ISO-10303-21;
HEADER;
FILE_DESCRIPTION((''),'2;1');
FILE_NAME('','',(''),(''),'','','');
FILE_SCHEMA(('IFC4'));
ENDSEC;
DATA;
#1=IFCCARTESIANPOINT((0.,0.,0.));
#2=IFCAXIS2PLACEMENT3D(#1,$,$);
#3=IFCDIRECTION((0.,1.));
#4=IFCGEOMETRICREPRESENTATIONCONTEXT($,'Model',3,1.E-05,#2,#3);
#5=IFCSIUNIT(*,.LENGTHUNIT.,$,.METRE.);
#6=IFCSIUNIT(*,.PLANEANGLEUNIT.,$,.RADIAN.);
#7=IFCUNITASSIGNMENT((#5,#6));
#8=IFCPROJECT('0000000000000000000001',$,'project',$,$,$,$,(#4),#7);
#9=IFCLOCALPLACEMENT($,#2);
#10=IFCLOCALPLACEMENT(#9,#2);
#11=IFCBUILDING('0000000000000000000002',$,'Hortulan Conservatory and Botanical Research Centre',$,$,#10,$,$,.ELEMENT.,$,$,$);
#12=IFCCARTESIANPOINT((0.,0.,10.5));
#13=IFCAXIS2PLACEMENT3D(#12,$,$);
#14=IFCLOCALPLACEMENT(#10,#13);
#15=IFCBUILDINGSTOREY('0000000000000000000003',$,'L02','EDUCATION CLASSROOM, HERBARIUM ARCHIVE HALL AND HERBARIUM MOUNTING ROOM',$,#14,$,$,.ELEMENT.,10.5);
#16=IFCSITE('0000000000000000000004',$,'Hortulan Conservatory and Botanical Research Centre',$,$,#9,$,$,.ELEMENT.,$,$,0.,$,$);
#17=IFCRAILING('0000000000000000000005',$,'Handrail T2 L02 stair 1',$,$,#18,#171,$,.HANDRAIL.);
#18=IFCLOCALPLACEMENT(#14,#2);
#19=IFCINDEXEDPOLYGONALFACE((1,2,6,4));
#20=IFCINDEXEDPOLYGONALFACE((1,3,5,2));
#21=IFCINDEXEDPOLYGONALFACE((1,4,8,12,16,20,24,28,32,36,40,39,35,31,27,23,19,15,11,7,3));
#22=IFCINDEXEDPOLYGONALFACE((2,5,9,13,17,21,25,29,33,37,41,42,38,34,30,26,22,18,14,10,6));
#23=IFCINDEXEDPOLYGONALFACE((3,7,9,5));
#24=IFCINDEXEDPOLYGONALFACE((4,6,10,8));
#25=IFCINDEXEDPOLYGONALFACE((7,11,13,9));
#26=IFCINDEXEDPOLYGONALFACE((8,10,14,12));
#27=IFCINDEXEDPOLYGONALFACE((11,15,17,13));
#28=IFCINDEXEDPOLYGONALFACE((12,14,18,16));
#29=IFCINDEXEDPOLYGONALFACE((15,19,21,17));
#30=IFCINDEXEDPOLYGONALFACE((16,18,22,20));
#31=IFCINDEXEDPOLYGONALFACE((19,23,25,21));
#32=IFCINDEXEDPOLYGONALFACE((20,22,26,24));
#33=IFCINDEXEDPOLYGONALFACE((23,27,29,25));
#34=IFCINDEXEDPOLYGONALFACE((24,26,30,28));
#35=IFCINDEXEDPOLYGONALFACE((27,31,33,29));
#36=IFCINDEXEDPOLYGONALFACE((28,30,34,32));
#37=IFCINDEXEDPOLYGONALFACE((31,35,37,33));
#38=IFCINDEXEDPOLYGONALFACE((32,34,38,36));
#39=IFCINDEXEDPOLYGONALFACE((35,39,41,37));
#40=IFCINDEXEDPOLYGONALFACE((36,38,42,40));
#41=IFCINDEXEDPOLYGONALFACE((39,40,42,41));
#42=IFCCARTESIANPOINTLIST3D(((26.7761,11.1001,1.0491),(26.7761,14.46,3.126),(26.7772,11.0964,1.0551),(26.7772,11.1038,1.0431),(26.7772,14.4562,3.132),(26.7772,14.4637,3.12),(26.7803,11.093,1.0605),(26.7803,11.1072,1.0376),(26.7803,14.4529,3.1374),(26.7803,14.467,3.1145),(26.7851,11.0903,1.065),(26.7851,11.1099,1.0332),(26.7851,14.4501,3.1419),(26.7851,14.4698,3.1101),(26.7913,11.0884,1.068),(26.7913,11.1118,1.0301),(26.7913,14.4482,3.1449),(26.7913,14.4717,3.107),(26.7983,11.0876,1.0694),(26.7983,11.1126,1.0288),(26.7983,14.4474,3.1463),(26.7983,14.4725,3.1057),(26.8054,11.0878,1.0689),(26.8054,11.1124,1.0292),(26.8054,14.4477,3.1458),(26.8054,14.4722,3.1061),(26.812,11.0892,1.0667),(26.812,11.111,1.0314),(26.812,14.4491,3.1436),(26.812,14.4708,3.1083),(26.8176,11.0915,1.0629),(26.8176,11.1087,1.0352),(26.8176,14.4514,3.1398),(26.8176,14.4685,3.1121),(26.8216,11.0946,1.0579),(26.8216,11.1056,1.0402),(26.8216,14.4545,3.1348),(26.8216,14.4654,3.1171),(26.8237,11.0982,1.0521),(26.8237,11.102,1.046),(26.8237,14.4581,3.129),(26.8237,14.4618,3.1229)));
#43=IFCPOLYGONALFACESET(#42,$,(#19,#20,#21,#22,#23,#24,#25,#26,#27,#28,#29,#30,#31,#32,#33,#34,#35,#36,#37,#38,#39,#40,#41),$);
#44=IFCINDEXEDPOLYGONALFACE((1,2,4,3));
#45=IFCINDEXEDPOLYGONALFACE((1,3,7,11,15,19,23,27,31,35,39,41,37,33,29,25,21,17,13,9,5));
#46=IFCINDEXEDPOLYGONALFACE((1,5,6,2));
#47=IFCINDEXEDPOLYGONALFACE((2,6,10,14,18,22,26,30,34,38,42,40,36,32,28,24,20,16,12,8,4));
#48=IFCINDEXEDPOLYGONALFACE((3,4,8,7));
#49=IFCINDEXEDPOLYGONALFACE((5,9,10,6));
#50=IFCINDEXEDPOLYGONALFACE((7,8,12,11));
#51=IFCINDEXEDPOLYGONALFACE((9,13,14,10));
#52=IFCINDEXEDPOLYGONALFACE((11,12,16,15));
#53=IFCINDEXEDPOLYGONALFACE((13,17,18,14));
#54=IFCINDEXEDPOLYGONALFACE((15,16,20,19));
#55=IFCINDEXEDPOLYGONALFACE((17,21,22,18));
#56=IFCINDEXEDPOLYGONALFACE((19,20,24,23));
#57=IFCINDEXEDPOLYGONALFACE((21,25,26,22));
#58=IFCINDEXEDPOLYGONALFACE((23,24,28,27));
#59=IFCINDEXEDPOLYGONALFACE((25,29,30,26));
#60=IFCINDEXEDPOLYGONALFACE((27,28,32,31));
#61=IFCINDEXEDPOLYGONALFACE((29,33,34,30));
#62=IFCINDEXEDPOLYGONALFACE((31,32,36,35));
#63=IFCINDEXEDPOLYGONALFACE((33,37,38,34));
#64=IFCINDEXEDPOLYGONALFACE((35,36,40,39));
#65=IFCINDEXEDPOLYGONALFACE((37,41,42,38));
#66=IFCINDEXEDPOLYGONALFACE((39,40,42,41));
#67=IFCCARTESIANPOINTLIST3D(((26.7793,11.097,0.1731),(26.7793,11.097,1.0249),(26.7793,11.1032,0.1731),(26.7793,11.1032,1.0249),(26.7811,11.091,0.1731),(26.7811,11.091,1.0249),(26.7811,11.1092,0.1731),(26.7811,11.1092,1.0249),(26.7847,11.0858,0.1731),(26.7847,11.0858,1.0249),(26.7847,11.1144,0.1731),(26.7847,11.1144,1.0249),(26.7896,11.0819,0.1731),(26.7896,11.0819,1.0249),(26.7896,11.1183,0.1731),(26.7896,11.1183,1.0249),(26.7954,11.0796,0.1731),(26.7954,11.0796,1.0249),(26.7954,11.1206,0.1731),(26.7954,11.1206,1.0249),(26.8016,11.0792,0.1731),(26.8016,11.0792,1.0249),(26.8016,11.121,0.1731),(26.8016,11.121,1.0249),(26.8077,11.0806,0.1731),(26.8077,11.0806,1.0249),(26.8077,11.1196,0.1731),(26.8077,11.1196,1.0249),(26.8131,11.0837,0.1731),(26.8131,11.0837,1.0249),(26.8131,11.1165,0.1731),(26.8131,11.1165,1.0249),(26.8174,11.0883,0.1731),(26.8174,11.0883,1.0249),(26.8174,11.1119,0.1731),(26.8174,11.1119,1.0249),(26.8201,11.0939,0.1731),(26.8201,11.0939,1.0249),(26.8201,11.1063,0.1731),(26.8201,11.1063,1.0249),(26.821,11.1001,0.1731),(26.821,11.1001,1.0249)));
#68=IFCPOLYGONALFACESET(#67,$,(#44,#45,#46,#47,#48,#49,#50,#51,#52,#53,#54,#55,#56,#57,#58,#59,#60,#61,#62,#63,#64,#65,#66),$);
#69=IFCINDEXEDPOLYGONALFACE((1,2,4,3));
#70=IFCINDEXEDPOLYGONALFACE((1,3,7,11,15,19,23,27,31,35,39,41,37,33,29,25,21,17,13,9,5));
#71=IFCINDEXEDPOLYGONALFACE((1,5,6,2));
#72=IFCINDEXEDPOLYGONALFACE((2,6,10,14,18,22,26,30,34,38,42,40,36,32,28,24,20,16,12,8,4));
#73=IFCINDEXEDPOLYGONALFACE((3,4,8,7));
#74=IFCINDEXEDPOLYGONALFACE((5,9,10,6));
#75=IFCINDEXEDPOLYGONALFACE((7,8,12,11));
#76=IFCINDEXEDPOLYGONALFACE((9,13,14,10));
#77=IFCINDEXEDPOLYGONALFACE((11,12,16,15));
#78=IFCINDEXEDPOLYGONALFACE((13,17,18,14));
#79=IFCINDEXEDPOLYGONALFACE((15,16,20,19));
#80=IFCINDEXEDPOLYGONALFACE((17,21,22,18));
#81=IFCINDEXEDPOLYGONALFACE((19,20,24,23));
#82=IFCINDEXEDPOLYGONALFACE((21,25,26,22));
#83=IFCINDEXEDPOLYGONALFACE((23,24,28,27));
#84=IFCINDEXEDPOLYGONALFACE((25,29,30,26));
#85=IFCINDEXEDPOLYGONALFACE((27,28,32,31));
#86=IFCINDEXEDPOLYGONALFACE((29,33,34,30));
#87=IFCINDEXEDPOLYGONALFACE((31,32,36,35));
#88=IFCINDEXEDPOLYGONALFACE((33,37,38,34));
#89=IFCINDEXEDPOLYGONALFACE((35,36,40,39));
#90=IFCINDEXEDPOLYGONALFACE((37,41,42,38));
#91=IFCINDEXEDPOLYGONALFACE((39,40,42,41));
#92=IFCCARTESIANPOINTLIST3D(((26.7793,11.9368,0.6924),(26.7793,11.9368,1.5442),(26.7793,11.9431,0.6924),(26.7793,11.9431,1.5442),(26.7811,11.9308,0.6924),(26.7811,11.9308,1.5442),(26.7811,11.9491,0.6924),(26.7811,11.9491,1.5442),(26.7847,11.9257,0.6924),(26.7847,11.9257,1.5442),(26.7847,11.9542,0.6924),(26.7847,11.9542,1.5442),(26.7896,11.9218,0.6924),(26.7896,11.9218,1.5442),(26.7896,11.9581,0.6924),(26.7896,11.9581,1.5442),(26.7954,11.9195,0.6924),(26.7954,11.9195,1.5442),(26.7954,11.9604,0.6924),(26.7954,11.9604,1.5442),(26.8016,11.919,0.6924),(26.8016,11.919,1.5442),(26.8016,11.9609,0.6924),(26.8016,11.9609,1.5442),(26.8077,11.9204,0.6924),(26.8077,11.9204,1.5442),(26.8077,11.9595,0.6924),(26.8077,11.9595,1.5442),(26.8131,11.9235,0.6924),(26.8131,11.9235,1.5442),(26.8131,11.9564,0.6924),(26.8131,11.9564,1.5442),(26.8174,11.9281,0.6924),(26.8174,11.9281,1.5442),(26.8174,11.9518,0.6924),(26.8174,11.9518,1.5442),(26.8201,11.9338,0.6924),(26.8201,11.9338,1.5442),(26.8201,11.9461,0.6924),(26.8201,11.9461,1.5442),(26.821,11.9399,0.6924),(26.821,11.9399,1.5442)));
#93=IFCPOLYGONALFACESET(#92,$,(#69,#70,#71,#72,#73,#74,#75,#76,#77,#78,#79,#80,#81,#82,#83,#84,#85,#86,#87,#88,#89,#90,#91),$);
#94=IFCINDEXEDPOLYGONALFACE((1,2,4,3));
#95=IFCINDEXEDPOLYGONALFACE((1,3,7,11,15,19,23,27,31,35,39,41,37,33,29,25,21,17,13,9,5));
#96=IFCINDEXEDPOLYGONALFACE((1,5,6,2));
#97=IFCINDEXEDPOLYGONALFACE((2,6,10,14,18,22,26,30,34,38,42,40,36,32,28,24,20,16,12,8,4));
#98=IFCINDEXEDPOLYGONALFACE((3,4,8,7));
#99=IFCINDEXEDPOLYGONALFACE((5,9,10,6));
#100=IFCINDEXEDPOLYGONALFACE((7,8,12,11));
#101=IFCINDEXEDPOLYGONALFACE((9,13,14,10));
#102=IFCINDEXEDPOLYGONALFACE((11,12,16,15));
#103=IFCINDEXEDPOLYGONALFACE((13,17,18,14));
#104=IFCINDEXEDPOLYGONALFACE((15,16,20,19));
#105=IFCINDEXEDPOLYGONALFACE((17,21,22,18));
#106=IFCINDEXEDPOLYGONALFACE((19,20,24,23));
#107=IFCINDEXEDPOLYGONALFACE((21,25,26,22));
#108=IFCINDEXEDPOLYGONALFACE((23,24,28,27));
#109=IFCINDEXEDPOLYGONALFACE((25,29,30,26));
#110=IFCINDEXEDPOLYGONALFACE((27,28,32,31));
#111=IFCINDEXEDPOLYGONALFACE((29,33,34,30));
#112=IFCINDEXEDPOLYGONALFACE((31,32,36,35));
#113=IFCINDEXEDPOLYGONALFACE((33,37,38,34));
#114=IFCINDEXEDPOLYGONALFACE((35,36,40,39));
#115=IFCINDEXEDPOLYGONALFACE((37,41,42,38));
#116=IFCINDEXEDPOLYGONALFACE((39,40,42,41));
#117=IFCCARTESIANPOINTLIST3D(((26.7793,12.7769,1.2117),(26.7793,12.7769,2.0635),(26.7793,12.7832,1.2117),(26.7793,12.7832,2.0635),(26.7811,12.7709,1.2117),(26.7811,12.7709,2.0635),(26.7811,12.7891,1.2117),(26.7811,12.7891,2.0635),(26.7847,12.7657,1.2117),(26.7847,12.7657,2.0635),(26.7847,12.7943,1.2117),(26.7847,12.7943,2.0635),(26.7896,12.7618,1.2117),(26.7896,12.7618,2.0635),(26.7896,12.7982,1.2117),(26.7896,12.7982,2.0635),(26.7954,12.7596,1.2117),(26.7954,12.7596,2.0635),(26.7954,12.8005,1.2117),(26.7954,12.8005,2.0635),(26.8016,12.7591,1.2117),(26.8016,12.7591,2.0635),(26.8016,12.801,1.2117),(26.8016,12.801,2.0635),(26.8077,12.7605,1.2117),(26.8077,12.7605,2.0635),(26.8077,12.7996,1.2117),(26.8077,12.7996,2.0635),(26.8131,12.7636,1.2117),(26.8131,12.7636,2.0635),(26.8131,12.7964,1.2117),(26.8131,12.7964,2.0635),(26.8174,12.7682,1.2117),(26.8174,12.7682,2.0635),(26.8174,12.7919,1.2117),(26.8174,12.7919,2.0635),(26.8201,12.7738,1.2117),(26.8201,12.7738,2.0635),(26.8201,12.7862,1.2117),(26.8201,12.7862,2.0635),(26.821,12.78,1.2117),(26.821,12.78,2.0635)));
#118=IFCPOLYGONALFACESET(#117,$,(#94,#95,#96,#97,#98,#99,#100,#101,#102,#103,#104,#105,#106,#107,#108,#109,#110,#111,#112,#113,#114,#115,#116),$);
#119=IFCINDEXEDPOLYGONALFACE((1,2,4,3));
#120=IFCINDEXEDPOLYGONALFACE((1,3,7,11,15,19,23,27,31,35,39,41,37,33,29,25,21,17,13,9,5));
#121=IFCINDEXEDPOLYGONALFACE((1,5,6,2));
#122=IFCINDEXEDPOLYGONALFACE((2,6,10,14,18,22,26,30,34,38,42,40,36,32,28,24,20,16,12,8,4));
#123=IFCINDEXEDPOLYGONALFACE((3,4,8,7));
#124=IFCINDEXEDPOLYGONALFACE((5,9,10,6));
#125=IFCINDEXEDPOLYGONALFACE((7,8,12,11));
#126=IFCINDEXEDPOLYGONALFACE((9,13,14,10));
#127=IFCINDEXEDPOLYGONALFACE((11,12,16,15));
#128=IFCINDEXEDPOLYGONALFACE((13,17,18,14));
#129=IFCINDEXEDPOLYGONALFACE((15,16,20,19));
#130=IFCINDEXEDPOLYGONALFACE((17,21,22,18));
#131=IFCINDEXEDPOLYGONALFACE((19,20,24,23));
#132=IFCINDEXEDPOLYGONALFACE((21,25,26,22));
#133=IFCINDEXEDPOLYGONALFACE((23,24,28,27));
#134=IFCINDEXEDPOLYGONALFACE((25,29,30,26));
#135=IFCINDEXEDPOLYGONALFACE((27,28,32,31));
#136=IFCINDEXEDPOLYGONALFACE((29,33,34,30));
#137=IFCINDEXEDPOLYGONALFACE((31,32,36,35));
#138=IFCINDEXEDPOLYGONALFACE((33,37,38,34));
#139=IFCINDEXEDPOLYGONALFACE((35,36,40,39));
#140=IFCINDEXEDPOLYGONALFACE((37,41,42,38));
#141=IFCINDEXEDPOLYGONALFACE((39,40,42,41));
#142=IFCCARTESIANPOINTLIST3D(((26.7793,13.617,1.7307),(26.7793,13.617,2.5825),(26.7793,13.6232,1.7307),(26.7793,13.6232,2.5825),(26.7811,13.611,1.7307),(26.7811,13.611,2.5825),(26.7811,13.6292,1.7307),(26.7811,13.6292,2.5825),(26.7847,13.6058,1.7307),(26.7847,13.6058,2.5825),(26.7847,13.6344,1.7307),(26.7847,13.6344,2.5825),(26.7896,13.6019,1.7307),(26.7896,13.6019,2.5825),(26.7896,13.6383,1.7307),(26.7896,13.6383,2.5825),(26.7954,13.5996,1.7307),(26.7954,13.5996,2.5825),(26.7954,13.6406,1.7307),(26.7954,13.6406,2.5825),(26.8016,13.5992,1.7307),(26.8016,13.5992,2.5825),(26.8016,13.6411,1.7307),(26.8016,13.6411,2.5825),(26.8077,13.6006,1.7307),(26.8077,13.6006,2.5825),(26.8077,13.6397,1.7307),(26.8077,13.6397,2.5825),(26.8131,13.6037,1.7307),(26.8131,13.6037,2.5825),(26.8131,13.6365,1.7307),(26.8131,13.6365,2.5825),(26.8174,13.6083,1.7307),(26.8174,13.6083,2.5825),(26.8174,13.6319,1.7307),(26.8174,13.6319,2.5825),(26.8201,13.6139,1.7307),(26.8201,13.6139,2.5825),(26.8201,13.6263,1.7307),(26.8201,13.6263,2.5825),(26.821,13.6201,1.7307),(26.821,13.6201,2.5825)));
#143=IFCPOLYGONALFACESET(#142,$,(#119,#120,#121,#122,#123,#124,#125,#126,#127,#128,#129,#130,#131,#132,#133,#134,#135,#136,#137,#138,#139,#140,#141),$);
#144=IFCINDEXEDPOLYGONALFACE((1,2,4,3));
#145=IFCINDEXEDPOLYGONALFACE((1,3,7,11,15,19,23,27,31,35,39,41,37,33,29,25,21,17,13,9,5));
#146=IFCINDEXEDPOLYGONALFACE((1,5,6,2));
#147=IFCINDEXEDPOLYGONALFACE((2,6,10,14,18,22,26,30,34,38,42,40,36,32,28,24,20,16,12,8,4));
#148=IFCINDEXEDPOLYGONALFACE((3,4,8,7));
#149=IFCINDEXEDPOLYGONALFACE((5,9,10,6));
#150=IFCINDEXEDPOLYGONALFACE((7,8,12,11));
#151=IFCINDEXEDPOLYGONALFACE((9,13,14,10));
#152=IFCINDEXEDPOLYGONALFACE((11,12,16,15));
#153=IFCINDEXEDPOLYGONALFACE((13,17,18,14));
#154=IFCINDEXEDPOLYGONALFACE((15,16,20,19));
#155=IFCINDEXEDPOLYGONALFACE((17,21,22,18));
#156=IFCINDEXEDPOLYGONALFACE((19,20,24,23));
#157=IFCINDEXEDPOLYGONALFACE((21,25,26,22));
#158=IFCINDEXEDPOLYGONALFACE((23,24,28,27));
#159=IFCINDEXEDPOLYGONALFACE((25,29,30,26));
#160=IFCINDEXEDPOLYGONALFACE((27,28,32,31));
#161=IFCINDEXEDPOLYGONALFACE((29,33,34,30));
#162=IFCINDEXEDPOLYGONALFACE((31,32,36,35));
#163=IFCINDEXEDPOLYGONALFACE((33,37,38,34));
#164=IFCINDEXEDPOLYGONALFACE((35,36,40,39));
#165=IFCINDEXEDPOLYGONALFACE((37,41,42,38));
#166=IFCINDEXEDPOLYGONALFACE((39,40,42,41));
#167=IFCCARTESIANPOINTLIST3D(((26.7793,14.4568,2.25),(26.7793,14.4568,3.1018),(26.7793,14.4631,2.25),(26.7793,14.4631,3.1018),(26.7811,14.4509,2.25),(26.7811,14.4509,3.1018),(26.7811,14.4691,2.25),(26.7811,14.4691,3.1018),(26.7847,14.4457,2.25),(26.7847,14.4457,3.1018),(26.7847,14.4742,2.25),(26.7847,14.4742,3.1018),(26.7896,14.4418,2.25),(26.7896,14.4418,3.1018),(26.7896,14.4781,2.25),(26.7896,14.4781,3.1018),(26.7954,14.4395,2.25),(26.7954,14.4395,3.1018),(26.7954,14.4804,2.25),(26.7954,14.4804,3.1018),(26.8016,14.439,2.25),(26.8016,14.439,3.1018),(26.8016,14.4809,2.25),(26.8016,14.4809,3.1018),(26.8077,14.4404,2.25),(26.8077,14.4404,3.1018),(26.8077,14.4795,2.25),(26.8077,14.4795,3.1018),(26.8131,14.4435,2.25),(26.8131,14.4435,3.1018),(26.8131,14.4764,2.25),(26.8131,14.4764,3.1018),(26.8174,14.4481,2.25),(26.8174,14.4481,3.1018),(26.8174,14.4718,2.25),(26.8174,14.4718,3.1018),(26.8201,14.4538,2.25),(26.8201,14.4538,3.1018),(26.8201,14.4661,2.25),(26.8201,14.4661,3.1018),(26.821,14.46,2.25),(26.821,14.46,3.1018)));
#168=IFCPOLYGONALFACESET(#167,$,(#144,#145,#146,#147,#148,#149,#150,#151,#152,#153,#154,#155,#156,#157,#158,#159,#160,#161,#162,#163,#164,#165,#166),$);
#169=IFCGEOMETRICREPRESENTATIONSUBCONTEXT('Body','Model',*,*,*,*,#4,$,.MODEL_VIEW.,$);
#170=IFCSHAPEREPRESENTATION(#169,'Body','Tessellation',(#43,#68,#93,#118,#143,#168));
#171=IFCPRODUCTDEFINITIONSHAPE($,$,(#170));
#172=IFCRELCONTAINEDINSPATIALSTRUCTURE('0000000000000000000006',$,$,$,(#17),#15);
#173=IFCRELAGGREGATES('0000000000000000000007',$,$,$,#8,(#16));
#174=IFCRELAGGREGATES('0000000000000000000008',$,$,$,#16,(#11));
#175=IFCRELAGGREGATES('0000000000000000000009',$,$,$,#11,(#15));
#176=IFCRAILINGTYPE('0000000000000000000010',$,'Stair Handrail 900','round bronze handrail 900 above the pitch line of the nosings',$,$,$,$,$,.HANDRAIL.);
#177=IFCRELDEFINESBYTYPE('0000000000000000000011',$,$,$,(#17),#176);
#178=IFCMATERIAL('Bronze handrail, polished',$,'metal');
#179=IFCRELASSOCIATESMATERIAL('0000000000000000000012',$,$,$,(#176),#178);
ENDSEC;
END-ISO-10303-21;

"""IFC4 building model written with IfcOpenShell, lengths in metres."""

from ifc_helpers import new_model, si_unit, direction, frame, origin, origin_2d, place, context, subcontext, project, spatial, circle, extrude, material, type_object, element, save


model = new_model("IFC4")

# Units and contexts
model_context = context("Model", 3, precision=1e-05, world=origin(), true_north=direction((0.0, 1.0)))
body_context = subcontext(model_context, "Body", "Model", "MODEL_VIEW")
ifc_project = project(units=[si_unit("LENGTHUNIT", "METRE"), si_unit("PLANEANGLEUNIT", "RADIAN")], contexts=[model_context])

# Site, building, storey
site_placement = place(None, origin())
site = spatial("IfcSite", under=ifc_project, at=site_placement, Name="Hortulan Conservatory and Botanical Research Centre", CompositionType="ELEMENT", RefElevation=0.0)
building_placement = place(site_placement, origin())
building = spatial("IfcBuilding", under=site, at=building_placement, Name="Hortulan Conservatory and Botanical Research Centre", CompositionType="ELEMENT")
storey_placement = place(building_placement, frame((0.0, 0.0, 10.5)))
storey = spatial("IfcBuildingStorey", under=building, at=storey_placement, Name="L02", Description="EDUCATION CLASSROOM, HERBARIUM ARCHIVE HALL AND HERBARIUM MOUNTING ROOM", CompositionType="ELEMENT", Elevation=10.5)

# Railing
ifc_material_1 = material(Name="Bronze handrail, polished", Category="metal")
railing_type_1 = type_object("IfcRailingType", Name="Stair Handrail 900", Description="round bronze handrail 900 above the pitch line of the nosings", PredefinedType="HANDRAIL", material=ifc_material_1)
for number, where, name in (
    (1, (26.8, 11.1001, 0.1731), "Handrail T2 L02 stair 1"),
):
    element("IfcRailing", number, at=place(storey_placement, frame(where)), inside=storey, type_object=railing_type_1, Name=name, PredefinedType="HANDRAIL", context=body_context, shape_type="SweptSolid", body=[
        extrude(circle(Radius=0.0239, at=origin_2d()), frame((0.0, 0.0, 0.876), z_axis=(0.0, 0.850606, 0.525803), x_axis=(-1.0, 0.0, 0.0)), (0.0, 0.0, 1.0), 3.95),
        extrude(circle(Radius=0.021, at=origin_2d()), origin(), (0.0, 0.0, 1.0), 0.8518),
        extrude(circle(Radius=0.021, at=origin_2d()), frame((0.0, 0.8398, 0.5193)), (0.0, 0.0, 1.0), 0.8518),
        extrude(circle(Radius=0.021, at=origin_2d()), frame((0.0, 1.6799, 1.0386)), (0.0, 0.0, 1.0), 0.8518),
        extrude(circle(Radius=0.021, at=origin_2d()), frame((0.0, 2.52, 1.5576)), (0.0, 0.0, 1.0), 0.8518),
        extrude(circle(Radius=0.021, at=origin_2d()), frame((0.0, 3.3599, 2.0769)), (0.0, 0.0, 1.0), 0.8518),
    ])

save(model, "model.ifc")
